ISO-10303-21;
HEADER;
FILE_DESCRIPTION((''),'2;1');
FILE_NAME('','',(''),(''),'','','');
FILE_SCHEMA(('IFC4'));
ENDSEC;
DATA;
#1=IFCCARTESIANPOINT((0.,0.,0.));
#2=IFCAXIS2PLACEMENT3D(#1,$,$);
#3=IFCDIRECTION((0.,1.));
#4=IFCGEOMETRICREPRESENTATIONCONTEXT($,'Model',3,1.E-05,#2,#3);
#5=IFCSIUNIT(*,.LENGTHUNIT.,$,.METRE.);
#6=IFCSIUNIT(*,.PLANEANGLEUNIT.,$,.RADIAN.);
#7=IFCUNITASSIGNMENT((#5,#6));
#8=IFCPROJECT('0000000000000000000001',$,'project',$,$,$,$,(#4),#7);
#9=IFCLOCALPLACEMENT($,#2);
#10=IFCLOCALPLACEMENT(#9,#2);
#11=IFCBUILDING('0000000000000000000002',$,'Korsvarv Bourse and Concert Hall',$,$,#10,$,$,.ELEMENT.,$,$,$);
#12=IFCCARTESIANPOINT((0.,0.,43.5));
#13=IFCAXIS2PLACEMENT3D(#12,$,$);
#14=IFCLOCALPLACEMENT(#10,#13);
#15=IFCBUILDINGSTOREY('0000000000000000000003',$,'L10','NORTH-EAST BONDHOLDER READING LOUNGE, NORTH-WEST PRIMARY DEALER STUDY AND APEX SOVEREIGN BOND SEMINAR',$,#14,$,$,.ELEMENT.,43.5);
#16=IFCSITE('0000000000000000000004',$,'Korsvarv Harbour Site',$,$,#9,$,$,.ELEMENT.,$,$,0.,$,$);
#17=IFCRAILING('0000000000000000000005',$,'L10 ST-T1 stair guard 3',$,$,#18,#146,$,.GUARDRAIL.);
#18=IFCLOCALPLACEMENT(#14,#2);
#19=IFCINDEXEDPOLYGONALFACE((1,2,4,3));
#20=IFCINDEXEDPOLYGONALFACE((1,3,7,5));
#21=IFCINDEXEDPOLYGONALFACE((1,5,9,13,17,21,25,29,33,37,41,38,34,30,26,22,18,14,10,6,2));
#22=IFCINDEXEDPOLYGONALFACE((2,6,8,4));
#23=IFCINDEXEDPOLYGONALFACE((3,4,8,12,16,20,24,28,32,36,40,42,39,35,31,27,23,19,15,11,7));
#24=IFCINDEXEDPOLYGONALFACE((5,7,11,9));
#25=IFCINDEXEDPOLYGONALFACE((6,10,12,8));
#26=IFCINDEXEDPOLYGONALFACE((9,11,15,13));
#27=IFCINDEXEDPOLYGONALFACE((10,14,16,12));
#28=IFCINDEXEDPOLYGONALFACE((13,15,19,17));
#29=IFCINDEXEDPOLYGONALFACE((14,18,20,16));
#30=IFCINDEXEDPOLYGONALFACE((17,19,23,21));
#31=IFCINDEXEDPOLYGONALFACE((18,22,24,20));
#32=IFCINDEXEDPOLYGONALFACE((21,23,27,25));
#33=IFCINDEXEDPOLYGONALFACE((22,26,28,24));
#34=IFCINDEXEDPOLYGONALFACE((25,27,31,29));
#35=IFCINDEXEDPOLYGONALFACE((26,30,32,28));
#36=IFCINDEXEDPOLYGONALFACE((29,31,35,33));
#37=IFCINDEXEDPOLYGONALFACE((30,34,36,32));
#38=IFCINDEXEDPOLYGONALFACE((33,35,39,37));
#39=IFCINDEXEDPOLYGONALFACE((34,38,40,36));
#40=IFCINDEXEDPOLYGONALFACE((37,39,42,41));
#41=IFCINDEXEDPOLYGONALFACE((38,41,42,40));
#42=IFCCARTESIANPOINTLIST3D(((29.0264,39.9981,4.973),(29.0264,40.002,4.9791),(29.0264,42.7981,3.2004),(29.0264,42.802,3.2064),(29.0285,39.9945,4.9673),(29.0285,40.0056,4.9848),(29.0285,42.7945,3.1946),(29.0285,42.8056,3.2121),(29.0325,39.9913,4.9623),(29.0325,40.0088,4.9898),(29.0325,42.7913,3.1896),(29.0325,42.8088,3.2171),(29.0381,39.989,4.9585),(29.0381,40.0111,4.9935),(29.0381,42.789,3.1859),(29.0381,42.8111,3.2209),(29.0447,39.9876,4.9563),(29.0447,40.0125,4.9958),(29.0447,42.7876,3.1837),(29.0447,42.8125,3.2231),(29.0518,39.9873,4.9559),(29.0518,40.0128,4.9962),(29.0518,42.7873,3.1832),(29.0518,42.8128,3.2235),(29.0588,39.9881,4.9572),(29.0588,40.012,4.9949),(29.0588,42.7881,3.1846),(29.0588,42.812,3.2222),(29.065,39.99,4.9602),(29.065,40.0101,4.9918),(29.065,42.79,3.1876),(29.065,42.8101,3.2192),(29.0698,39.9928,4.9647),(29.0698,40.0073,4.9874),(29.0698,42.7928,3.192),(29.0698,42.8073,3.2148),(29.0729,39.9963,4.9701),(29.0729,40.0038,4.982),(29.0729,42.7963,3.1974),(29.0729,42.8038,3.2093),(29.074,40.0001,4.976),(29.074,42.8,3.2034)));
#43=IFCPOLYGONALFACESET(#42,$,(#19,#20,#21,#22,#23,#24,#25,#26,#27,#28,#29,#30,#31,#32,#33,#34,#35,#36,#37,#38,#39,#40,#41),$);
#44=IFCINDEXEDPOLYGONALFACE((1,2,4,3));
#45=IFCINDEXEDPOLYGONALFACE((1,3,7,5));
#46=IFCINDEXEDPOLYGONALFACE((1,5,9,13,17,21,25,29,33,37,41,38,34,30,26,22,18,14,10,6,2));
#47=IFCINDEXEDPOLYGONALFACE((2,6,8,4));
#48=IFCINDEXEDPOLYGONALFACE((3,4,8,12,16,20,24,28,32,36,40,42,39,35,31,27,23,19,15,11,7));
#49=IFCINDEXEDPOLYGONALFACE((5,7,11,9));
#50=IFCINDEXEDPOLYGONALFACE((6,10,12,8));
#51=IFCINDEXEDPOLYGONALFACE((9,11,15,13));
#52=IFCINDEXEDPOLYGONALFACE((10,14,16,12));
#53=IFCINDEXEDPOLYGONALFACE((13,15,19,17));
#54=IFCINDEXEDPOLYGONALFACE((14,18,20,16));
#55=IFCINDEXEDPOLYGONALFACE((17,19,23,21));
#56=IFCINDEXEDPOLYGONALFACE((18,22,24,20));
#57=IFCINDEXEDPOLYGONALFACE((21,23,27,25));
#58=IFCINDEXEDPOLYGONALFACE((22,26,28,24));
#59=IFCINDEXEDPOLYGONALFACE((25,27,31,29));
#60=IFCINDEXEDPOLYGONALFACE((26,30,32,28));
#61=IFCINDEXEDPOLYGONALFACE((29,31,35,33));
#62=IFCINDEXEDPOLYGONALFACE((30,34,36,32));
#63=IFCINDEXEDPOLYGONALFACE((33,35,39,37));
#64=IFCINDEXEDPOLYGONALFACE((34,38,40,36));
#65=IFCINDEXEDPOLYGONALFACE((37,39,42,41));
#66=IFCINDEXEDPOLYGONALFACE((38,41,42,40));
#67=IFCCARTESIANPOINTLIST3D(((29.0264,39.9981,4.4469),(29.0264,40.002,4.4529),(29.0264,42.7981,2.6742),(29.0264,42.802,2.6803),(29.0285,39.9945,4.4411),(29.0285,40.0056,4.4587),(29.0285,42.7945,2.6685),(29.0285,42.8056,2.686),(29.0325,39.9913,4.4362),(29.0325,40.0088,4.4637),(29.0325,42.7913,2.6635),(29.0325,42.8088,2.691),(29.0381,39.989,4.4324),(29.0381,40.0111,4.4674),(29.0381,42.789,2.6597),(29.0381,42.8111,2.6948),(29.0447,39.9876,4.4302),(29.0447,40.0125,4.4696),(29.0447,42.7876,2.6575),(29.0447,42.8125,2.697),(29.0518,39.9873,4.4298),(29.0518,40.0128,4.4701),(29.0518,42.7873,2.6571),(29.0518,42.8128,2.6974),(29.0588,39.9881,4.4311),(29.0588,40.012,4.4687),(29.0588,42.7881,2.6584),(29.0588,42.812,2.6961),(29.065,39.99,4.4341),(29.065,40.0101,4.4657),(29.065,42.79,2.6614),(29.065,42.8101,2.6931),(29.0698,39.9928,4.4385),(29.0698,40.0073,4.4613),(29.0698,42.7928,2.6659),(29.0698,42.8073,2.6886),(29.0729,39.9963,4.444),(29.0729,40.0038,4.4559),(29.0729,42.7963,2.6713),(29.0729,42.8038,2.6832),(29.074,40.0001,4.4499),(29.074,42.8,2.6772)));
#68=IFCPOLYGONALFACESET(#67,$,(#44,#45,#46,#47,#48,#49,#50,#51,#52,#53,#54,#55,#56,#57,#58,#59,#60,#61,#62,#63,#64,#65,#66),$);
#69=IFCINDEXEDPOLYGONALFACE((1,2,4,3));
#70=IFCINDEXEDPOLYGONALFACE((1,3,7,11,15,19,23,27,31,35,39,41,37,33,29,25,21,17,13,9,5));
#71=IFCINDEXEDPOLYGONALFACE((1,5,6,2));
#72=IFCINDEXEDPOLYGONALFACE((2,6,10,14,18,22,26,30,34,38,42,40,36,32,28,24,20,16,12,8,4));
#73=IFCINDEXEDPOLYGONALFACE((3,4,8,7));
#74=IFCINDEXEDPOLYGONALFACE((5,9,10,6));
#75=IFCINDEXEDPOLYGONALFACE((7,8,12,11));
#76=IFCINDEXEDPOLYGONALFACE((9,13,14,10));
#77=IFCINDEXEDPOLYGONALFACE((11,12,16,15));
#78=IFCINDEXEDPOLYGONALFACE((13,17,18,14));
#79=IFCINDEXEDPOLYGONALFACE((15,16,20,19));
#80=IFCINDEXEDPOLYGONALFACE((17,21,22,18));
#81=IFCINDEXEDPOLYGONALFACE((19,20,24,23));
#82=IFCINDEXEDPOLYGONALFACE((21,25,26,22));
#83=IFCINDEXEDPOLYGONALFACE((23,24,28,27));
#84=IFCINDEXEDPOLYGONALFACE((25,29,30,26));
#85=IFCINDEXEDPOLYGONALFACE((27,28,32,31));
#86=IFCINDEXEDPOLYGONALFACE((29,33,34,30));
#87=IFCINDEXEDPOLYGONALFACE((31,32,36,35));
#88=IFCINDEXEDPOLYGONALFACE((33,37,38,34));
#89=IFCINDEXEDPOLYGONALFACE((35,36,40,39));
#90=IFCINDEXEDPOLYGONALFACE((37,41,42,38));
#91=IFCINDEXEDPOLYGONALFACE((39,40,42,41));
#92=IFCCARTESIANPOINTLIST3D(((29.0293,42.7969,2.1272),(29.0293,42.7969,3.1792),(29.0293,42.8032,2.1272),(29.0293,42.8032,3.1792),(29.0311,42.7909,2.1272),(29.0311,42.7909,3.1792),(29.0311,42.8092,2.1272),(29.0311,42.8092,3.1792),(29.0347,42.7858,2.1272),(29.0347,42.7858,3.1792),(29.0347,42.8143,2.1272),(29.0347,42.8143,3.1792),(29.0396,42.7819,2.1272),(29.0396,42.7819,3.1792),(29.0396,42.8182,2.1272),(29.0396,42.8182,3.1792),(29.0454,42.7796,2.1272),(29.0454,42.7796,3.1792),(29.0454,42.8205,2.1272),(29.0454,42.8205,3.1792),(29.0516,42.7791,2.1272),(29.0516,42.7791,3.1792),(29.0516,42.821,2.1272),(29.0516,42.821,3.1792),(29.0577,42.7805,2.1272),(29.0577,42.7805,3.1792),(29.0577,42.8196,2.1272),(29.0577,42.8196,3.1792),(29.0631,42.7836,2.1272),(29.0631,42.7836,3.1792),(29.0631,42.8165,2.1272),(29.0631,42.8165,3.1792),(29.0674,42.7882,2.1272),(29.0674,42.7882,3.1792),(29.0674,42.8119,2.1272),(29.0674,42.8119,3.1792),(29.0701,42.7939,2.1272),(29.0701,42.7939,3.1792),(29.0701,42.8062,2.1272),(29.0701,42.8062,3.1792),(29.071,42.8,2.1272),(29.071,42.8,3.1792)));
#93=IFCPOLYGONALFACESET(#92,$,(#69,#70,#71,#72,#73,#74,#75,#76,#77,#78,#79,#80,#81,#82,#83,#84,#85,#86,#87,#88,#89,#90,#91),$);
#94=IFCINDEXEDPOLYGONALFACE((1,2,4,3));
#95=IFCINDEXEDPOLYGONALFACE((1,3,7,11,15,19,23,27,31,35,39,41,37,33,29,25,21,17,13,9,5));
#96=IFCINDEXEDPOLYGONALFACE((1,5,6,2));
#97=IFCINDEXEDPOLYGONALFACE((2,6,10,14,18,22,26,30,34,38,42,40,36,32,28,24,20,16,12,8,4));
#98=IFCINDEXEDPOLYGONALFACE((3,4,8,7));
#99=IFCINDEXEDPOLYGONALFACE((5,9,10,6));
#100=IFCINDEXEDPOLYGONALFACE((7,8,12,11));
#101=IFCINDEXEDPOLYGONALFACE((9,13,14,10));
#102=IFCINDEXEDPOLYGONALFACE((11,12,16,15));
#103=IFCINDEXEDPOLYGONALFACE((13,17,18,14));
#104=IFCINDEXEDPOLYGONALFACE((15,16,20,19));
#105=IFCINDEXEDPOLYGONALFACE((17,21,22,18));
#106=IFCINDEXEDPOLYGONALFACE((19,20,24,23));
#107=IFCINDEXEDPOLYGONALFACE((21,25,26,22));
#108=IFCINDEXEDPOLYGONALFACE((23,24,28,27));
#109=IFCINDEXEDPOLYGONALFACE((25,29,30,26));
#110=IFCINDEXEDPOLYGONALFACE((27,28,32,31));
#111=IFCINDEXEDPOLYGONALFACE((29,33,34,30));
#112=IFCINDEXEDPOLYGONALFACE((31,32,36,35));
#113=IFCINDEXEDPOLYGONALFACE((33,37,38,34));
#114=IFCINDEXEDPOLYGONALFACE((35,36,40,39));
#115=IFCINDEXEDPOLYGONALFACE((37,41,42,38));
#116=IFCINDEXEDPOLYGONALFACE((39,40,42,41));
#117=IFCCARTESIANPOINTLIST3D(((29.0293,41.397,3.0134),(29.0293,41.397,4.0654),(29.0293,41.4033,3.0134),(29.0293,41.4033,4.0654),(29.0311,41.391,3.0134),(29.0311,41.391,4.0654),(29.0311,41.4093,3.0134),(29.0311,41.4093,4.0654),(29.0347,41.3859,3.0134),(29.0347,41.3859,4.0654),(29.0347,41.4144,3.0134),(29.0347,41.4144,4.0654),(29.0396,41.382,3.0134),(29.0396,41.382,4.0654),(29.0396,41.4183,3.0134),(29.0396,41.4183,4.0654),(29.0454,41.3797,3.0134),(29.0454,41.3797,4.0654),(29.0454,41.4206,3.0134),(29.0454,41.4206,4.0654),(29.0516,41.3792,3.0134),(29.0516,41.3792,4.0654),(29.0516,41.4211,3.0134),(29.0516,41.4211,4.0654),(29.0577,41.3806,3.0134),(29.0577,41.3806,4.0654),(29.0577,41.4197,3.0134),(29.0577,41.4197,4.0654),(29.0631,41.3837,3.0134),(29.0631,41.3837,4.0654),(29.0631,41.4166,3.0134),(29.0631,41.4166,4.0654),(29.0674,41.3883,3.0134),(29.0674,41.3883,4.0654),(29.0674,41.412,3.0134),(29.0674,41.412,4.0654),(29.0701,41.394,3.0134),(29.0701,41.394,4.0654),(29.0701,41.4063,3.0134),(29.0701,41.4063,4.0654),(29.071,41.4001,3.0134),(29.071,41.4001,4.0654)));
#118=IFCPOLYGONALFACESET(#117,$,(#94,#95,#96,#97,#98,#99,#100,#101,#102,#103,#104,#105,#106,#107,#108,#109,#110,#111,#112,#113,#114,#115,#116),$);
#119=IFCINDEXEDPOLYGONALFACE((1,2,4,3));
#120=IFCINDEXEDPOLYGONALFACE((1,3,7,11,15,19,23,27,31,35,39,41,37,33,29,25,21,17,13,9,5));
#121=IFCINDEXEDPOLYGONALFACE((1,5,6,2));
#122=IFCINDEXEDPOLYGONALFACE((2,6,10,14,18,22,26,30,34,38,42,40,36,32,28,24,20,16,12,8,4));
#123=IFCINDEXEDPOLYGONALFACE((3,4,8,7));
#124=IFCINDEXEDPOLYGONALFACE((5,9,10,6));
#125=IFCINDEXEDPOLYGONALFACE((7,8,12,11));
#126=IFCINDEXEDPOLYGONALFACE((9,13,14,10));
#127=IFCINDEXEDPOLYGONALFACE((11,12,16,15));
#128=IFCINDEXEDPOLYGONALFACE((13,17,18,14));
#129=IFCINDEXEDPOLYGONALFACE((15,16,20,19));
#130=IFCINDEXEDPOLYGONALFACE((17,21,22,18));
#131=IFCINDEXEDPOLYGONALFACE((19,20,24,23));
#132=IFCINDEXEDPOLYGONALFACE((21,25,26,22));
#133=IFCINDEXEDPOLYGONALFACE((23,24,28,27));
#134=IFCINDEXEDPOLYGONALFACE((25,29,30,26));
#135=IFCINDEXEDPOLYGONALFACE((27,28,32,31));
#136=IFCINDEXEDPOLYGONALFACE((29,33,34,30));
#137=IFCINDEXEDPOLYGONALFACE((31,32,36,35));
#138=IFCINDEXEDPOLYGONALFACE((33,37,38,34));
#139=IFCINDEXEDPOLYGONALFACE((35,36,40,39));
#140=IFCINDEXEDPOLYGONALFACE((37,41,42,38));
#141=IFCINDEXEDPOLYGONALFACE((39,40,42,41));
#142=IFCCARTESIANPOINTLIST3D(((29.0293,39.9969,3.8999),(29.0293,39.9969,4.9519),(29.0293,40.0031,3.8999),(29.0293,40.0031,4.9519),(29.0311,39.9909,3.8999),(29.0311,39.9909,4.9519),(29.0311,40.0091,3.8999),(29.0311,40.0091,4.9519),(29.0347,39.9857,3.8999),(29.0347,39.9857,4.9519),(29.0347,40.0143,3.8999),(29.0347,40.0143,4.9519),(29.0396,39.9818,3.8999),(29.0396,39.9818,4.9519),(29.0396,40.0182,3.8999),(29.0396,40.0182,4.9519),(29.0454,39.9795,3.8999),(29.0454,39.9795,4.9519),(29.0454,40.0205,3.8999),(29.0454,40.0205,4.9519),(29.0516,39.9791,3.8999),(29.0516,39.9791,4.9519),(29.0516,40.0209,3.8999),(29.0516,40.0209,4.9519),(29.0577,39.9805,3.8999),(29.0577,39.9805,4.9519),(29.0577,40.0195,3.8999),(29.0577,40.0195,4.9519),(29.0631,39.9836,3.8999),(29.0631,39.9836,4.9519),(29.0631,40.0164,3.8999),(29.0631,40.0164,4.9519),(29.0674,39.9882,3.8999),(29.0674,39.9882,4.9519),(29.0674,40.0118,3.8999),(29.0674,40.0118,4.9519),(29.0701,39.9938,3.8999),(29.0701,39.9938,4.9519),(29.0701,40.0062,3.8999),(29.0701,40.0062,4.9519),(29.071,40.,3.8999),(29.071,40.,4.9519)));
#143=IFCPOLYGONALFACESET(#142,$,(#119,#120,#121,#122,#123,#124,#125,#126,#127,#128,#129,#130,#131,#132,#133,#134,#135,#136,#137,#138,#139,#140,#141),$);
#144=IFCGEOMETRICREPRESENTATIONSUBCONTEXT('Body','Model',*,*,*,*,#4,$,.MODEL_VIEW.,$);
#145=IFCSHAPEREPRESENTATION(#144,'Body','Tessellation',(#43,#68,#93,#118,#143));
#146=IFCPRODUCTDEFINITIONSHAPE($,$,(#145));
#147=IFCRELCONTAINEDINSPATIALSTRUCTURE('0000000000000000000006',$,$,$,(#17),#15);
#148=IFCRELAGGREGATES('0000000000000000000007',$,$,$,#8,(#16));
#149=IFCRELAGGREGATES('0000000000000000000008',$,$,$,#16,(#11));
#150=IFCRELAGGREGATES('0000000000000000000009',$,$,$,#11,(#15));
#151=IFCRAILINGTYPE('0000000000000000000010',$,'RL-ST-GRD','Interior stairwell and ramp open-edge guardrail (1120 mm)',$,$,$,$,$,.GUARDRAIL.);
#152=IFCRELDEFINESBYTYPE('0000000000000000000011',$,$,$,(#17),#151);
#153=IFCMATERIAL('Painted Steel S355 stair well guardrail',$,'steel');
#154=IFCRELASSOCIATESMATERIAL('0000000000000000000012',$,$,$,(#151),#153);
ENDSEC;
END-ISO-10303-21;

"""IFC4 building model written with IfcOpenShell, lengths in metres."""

from ifc_helpers import new_model, si_unit, direction, frame, origin, origin_2d, place, context, subcontext, project, spatial, circle, extrude, material, type_object, element, save


model = new_model("IFC4")

# Units and contexts
model_context = context("Model", 3, precision=1e-05, world=origin(), true_north=direction((0.0, 1.0)))
body_context = subcontext(model_context, "Body", "Model", "MODEL_VIEW")
ifc_project = project(units=[si_unit("LENGTHUNIT", "METRE"), si_unit("PLANEANGLEUNIT", "RADIAN")], contexts=[model_context])

# Site, building, storey
site_placement = place(None, origin())
site = spatial("IfcSite", under=ifc_project, at=site_placement, Name="Korsvarv Harbour Site", CompositionType="ELEMENT", RefElevation=0.0)
building_placement = place(site_placement, origin())
building = spatial("IfcBuilding", under=site, at=building_placement, Name="Korsvarv Bourse and Concert Hall", CompositionType="ELEMENT")
storey_placement = place(building_placement, frame((0.0, 0.0, 43.5)))
storey = spatial("IfcBuildingStorey", under=building, at=storey_placement, Name="L10", Description="NORTH-EAST BONDHOLDER READING LOUNGE, NORTH-WEST PRIMARY DEALER STUDY AND APEX SOVEREIGN BOND SEMINAR", CompositionType="ELEMENT", Elevation=43.5)

# Railing
ifc_material_1 = material(Name="Painted Steel S355 stair well guardrail", Category="steel")
railing_type_1 = type_object("IfcRailingType", Name="RL-ST-GRD", Description="Interior stairwell and ramp open-edge guardrail (1120 mm)", PredefinedType="GUARDRAIL", material=ifc_material_1)
railing_1_placement = place(storey_placement, frame((29.05, 42.8, 2.1272)))
element("IfcRailing", 1, at=railing_1_placement, inside=storey, type_object=railing_type_1, Name="L10 ST-T1 stair guard 3", PredefinedType="GUARDRAIL", context=body_context, shape_type="SweptSolid", body=[
    extrude(circle(Radius=0.0239, at=origin_2d()), frame((0.0, 0.0, 1.0762), z_axis=(0.0, -0.844909, 0.53491), x_axis=(1.0, 0.0, 0.0)), (0.0, 0.0, 1.0), 3.314),
    extrude(circle(Radius=0.0239, at=origin_2d()), frame((0.0, 0.0, 0.55), z_axis=(0.0, -0.844909, 0.53491), x_axis=(1.0, 0.0, 0.0)), (0.0, 0.0, 1.0), 3.314),
    extrude(circle(Radius=0.021, at=origin_2d()), origin(), (0.0, 0.0, 1.0), 1.052),
    extrude(circle(Radius=0.021, at=origin_2d()), frame((0.0, -1.3999, 0.8862)), (0.0, 0.0, 1.0), 1.052),
    extrude(circle(Radius=0.021, at=origin_2d()), frame((0.0, -2.8, 1.7727)), (0.0, 0.0, 1.0), 1.052),
])

save(model, "model.ifc")
